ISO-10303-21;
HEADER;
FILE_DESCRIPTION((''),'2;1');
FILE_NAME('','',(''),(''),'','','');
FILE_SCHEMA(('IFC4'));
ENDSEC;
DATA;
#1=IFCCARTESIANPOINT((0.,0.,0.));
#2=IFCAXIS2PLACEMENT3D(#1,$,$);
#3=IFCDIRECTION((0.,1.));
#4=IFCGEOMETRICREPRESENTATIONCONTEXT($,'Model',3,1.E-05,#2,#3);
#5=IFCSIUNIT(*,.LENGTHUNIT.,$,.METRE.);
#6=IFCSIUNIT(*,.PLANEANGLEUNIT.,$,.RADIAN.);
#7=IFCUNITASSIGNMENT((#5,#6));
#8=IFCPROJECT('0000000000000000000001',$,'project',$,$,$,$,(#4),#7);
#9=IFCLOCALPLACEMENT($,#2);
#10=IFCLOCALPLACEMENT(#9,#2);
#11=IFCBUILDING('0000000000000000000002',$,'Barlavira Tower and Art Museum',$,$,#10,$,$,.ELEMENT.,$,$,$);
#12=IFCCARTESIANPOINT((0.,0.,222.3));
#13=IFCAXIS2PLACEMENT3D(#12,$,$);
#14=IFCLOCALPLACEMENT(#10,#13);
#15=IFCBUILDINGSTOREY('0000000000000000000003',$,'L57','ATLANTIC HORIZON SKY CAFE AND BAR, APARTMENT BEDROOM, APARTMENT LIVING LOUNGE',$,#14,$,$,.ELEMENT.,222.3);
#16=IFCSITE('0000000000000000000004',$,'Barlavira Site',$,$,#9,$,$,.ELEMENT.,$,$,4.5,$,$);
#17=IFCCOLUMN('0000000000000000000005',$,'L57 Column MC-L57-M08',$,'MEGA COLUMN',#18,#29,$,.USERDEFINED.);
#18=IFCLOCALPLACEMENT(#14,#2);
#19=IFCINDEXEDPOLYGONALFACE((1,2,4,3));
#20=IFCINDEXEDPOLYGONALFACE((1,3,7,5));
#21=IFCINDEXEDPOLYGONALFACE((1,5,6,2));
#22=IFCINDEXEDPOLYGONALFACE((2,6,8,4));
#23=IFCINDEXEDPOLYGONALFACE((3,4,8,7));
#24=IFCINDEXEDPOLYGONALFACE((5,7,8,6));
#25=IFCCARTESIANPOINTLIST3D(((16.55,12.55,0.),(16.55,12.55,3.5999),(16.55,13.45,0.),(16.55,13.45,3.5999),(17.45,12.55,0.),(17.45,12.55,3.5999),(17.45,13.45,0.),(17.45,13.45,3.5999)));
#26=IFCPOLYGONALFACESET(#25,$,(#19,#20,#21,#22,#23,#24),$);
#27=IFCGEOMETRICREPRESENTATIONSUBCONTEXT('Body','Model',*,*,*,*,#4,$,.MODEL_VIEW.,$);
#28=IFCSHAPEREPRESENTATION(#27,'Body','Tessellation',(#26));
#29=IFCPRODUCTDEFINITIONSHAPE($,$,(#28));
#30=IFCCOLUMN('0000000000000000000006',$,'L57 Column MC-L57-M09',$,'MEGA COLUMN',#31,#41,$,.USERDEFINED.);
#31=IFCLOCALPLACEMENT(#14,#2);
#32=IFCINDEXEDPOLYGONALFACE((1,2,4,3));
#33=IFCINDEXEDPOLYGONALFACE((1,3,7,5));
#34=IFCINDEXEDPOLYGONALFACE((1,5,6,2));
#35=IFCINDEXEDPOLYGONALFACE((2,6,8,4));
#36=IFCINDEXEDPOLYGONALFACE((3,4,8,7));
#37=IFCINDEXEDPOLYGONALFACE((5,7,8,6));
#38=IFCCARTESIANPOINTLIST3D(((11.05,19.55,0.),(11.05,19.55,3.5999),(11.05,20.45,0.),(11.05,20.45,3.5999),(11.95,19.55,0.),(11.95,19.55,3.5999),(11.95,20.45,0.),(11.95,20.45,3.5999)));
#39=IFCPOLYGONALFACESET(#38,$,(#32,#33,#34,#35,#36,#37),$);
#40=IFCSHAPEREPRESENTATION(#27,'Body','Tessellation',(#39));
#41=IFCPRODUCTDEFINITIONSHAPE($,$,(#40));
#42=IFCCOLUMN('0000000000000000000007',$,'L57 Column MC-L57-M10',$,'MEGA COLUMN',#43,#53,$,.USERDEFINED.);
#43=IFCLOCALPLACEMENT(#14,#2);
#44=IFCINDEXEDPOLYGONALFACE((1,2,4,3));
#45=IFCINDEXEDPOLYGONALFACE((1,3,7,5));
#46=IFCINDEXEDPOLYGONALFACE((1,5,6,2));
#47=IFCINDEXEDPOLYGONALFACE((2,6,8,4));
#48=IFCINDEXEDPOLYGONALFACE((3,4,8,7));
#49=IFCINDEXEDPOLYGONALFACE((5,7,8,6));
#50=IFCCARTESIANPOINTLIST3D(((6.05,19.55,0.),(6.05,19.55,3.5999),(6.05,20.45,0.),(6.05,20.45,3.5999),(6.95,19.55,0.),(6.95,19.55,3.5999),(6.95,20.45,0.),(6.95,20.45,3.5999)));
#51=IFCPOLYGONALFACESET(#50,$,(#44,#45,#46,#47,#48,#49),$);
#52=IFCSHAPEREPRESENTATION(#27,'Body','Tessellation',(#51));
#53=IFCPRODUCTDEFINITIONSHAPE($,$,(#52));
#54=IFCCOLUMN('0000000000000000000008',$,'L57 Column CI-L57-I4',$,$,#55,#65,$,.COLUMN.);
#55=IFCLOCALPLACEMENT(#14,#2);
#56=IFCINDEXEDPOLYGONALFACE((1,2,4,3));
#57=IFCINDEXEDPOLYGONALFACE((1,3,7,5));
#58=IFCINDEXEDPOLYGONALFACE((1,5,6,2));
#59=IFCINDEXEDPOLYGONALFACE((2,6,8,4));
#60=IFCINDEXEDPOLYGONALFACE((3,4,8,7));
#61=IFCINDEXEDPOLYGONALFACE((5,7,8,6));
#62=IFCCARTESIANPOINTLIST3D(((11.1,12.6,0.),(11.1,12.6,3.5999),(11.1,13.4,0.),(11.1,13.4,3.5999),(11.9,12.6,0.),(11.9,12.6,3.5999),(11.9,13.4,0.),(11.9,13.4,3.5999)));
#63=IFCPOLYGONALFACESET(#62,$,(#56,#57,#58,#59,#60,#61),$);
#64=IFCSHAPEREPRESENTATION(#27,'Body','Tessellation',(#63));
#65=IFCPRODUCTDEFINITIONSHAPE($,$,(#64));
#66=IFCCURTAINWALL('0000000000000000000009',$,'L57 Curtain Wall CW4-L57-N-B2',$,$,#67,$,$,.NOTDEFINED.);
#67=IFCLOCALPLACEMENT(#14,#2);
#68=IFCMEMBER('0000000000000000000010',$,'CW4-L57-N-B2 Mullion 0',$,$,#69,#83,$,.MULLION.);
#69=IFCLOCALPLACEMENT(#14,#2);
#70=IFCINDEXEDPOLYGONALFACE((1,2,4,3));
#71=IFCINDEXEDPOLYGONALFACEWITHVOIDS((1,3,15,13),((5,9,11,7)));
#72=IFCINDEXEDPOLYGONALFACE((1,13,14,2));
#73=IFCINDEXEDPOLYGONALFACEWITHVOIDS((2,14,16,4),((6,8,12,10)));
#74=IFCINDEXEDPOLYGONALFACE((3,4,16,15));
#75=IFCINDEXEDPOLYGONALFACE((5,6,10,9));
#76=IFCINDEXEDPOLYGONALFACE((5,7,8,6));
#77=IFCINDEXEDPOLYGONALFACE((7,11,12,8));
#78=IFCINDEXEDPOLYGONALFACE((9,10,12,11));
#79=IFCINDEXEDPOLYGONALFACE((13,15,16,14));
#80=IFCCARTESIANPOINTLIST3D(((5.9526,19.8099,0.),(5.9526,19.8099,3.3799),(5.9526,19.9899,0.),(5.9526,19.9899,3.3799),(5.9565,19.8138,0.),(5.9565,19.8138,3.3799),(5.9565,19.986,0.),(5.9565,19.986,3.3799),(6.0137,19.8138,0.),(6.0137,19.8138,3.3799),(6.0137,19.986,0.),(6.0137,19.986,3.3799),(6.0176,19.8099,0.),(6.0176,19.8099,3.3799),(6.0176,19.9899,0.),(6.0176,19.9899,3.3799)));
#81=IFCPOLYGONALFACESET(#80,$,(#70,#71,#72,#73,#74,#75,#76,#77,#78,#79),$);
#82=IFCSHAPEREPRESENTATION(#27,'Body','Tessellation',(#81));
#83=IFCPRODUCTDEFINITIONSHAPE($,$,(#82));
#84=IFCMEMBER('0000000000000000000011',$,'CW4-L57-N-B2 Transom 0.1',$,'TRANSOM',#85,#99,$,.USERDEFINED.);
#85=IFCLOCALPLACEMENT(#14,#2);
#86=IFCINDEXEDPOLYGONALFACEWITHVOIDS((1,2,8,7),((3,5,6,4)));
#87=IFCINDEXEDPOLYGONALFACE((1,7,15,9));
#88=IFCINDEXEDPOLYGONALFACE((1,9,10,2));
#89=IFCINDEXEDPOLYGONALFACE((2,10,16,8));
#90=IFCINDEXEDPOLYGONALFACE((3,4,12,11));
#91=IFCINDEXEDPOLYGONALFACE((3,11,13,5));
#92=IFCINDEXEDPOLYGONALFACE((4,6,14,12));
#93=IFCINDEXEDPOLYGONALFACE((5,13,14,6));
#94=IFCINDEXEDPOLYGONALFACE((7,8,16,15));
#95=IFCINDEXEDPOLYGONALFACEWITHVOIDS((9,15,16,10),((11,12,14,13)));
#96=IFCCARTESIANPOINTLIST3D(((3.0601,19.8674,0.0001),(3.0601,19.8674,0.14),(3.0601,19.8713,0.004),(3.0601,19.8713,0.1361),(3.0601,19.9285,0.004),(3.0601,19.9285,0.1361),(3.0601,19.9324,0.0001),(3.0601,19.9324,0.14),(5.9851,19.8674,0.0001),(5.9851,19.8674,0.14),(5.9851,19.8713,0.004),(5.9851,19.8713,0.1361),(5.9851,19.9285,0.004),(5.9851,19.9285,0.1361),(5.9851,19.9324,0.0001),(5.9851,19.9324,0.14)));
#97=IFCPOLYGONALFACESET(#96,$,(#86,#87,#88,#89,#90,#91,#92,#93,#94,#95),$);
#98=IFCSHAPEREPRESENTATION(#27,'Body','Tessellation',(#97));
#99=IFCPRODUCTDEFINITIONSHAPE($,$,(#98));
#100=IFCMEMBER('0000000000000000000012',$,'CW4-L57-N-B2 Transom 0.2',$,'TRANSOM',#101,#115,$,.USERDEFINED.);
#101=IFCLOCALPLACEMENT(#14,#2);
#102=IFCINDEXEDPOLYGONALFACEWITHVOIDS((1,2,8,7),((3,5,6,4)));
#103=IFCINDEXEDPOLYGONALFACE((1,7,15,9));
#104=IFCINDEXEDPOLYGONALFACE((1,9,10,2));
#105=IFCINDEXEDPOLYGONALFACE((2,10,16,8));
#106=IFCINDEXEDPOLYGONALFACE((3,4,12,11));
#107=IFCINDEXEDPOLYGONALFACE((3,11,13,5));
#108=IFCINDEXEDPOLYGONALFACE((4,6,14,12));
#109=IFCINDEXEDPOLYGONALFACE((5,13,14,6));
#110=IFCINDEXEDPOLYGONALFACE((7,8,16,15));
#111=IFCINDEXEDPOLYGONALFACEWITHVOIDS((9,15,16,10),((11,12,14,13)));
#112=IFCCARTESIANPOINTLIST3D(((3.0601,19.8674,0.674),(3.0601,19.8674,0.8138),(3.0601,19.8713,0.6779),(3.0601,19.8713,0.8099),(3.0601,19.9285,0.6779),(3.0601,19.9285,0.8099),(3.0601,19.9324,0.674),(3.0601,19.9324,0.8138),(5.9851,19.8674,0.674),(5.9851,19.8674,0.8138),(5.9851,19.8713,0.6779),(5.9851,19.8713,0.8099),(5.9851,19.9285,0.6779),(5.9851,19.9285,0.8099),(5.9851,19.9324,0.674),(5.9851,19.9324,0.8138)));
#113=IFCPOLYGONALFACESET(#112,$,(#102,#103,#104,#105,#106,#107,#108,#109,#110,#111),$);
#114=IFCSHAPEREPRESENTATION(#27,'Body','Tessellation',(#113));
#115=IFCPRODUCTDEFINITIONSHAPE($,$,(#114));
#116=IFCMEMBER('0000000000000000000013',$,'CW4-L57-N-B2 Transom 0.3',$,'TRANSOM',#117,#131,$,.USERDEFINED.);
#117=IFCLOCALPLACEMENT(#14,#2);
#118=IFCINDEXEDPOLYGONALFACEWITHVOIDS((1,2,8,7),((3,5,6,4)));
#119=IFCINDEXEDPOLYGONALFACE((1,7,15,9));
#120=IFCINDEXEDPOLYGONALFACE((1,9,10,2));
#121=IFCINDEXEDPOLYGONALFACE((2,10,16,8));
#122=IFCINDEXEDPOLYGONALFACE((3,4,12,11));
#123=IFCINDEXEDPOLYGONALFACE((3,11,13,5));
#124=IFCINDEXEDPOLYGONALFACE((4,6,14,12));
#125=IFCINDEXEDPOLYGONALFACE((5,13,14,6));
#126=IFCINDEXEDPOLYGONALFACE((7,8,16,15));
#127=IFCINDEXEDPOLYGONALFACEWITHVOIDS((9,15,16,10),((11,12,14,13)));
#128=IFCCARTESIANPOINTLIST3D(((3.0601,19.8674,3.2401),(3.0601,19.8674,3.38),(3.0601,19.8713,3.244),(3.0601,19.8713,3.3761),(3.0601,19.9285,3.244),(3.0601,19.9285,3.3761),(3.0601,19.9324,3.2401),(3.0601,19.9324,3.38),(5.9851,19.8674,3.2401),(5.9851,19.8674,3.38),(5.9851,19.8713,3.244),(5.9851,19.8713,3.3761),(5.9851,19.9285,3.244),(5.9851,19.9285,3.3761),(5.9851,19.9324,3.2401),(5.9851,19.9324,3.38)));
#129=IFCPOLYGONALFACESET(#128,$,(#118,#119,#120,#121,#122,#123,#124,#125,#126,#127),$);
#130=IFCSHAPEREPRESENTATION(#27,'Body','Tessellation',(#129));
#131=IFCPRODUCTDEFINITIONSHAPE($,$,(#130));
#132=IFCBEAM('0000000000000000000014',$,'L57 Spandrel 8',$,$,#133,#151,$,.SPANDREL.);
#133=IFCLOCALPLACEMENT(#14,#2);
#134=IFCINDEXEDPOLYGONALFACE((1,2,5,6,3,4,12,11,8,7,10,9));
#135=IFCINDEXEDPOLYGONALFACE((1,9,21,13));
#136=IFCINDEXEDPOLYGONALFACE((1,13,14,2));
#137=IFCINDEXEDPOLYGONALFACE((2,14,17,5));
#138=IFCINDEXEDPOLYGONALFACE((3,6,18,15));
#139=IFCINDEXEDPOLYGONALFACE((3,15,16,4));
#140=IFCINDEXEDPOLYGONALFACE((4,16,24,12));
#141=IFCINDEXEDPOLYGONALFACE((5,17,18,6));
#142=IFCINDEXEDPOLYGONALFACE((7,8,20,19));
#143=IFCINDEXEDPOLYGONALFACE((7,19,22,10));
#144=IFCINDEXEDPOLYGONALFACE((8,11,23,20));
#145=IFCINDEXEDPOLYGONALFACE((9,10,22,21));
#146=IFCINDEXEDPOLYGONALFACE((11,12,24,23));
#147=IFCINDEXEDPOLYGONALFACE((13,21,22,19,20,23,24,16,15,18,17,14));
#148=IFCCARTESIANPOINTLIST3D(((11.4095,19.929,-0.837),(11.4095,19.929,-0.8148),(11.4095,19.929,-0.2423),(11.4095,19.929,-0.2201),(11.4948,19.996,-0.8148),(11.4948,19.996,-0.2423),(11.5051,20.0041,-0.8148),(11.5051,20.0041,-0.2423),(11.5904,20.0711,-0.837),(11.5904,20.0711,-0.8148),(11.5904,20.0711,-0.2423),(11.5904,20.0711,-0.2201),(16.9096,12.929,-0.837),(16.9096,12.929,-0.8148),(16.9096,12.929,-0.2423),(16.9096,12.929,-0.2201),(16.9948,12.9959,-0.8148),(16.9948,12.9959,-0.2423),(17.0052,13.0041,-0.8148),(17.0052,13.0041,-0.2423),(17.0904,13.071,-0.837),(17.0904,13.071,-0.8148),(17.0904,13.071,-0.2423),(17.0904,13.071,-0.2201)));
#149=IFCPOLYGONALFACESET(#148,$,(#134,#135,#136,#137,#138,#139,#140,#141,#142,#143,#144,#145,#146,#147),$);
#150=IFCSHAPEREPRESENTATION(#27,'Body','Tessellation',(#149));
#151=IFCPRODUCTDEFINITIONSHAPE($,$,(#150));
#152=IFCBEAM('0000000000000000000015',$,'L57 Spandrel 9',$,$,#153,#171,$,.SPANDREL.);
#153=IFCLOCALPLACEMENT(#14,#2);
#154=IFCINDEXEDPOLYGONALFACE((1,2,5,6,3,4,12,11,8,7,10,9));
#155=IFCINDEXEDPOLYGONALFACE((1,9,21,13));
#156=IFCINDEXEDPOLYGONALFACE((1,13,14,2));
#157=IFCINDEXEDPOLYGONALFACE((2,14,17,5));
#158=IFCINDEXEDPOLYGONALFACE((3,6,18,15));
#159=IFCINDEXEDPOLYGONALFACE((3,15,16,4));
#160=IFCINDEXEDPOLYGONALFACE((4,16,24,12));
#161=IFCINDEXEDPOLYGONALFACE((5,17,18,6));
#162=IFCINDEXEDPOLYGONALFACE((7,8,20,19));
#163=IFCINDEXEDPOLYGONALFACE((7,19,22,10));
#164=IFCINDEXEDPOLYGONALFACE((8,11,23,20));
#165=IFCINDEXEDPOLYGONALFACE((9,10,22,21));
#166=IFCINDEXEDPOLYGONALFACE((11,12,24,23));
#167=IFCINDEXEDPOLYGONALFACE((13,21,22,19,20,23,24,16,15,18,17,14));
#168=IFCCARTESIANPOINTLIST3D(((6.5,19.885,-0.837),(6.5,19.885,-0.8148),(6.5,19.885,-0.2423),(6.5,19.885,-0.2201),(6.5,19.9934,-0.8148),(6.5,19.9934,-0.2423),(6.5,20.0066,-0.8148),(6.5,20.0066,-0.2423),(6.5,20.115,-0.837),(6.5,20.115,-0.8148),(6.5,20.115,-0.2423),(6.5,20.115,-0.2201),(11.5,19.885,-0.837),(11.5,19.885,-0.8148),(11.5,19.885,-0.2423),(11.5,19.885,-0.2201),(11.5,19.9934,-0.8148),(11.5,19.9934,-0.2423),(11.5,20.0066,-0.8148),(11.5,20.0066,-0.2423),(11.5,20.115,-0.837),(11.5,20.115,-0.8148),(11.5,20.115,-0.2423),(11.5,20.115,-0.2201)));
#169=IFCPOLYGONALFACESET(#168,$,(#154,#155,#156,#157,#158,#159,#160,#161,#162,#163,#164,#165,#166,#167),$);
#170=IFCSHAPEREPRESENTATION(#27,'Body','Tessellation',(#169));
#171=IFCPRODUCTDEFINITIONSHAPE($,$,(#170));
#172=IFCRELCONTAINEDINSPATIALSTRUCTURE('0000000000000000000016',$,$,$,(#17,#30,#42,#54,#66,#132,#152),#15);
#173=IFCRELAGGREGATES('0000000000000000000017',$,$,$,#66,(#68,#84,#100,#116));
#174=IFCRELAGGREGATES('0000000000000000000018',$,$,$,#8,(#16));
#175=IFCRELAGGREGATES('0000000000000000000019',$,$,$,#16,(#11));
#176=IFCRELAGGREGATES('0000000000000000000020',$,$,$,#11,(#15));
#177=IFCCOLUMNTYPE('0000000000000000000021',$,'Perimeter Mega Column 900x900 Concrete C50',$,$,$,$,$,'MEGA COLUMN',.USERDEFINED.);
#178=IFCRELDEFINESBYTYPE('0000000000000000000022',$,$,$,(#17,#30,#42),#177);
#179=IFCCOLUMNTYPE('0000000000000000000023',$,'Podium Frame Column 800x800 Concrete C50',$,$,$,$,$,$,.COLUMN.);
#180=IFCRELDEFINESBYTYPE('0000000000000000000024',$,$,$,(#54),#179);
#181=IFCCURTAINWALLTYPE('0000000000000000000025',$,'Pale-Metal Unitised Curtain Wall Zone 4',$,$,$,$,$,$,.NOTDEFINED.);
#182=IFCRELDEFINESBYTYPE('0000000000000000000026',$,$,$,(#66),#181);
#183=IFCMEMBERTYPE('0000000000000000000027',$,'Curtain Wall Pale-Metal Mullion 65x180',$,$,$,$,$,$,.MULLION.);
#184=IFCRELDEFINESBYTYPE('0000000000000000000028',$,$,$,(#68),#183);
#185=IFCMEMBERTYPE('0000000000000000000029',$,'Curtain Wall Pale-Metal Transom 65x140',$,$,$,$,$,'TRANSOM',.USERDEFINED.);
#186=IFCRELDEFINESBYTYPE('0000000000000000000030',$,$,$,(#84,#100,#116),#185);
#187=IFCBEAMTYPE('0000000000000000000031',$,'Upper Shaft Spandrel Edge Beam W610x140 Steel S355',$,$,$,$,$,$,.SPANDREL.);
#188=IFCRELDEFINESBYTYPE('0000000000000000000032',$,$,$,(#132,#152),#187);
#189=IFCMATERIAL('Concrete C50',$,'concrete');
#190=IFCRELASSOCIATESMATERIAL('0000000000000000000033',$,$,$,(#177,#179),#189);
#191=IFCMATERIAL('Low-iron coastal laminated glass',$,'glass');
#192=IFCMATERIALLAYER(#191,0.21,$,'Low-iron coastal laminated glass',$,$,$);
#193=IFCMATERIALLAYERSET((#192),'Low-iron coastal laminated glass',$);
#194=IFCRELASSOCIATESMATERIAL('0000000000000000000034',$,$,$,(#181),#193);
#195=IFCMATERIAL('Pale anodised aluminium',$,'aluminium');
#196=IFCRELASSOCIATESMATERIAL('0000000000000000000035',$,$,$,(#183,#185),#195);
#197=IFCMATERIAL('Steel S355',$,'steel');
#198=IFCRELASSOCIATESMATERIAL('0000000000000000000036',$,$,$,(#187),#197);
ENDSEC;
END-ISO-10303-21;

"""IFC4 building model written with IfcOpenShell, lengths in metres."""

from ifc_helpers import new_model, si_unit, direction, frame, origin, origin_2d, place, context, subcontext, project, spatial, rectangle, hollow_rectangle, i_section, extrude, material, layer, layer_set, material_profile, profile_set, type_object, element, aggregate, save


model = new_model("IFC4")

# Units and contexts
model_context = context("Model", 3, precision=1e-05, world=origin(), true_north=direction((0.0, 1.0)))
body_context = subcontext(model_context, "Body", "Model", "MODEL_VIEW")
ifc_project = project(units=[si_unit("LENGTHUNIT", "METRE"), si_unit("PLANEANGLEUNIT", "RADIAN")], contexts=[model_context])

# Site, building, storey
site_placement = place(None, origin())
site = spatial("IfcSite", under=ifc_project, at=site_placement, Name="Barlavira Site", CompositionType="ELEMENT", RefElevation=4.5)
building_placement = place(site_placement, origin())
building = spatial("IfcBuilding", under=site, at=building_placement, Name="Barlavira Tower and Art Museum", CompositionType="ELEMENT")
storey_placement = place(building_placement, frame((0.0, 0.0, 222.3)))
storey = spatial("IfcBuildingStorey", under=building, at=storey_placement, Name="L57", Description="ATLANTIC HORIZON SKY CAFE AND BAR, APARTMENT BEDROOM, APARTMENT LIVING LOUNGE", CompositionType="ELEMENT", Elevation=222.3)

# Columns
ifc_material_1 = material(Name="Concrete C50", Category="concrete")
ifc_material_profile_1 = material_profile(ifc_material_1, rectangle(XDim=0.8999, YDim=0.8999, at=origin_2d()), Name="RC-COL 900x900")
ifc_profile_set_1 = profile_set([ifc_material_profile_1], Name="Concrete C50")
column_type_1 = type_object("IfcColumnType", Name="Perimeter Mega Column 900x900 Concrete C50", ElementType="MEGA COLUMN", PredefinedType="USERDEFINED", material=ifc_profile_set_1)
for number, where, z_axis, x_axis, name in (
    (1, (17.0, 13.0, 0.0), (0.0, 0.0, 1.0), (1.0, 0.0, 0.0), "L57 Column MC-L57-M08"),
    (2, (11.5, 20.0, 0.0), (0.0, 0.0, 1.0), (1.0, 0.0, 0.0), "L57 Column MC-L57-M09"),
    (3, (6.5, 20.0, 0.0), (0.0, 0.0, 1.0), (1.0, 0.0, 0.0), "L57 Column MC-L57-M10"),
):
    element("IfcColumn", number, at=place(storey_placement, frame(where, z_axis=z_axis, x_axis=x_axis)), inside=storey, type_object=column_type_1, Name=name, ObjectType="MEGA COLUMN", PredefinedType="USERDEFINED", context=body_context, shape_type="SweptSolid", body=[
        extrude(rectangle(XDim=0.8999, YDim=0.8999, at=origin_2d()), origin(), (0.0, 0.0, 1.0), 3.5999),
    ])
ifc_material_profile_2 = material_profile(ifc_material_1, rectangle(XDim=0.8, YDim=0.8, at=origin_2d()), Name="RC-COL 800x800")
ifc_profile_set_2 = profile_set([ifc_material_profile_2], Name="Concrete C50")
column_type_2 = type_object("IfcColumnType", Name="Podium Frame Column 800x800 Concrete C50", PredefinedType="COLUMN", material=ifc_profile_set_2)
column_placement = place(storey_placement, frame((11.5, 13.0, 0.0), z_axis=(0.0, 0.0, 1.0), x_axis=(1.0, 0.0, 0.0)))
element("IfcColumn", 4, at=column_placement, inside=storey, type_object=column_type_2, Name="L57 Column CI-L57-I4", PredefinedType="COLUMN", context=body_context, shape_type="SweptSolid", body=[
    extrude(rectangle(XDim=0.8, YDim=0.8, at=origin_2d()), origin(), (0.0, 0.0, 1.0), 3.5999),
])

# Curtain wall, members
ifc_material_2 = material(Name="Low-iron coastal laminated glass", Category="glass")
ifc_layer_1 = layer(ifc_material_2, 0.21, Name="Low-iron coastal laminated glass")
ifc_layer_set_1 = layer_set([ifc_layer_1], Name="Low-iron coastal laminated glass")
curtain_wall_type = type_object("IfcCurtainWallType", Name="Pale-Metal Unitised Curtain Wall Zone 4", PredefinedType="NOTDEFINED", material=ifc_layer_set_1)
curtain_wall_placement = place(storey_placement, origin())
curtain_wall = element("IfcCurtainWall", 5, at=curtain_wall_placement, inside=storey, type_object=curtain_wall_type, Name="L57 Curtain Wall CW4-L57-N-B2", PredefinedType="NOTDEFINED")
ifc_material_3 = material(Name="Pale anodised aluminium", Category="aluminium")
ifc_material_profile_3 = material_profile(ifc_material_3, hollow_rectangle(XDim=0.0649, YDim=0.1799, WallThickness=0.0039, at=origin_2d()), Name="ALU-MULL 65x180x4")
ifc_profile_set_3 = profile_set([ifc_material_profile_3], Name="Pale anodised aluminium")
member_type_1 = type_object("IfcMemberType", Name="Curtain Wall Pale-Metal Mullion 65x180", PredefinedType="MULLION", material=ifc_profile_set_3)
member_1_placement = place(storey_placement, frame((5.9851, 19.8999, 0.0), z_axis=(0.0, 0.0, 1.0), x_axis=(-1.0, 0.0, 0.0)))
member_1 = element("IfcMember", 6, at=member_1_placement, type_object=member_type_1, Name="CW4-L57-N-B2 Mullion 0", PredefinedType="MULLION", context=body_context, shape_type="SweptSolid", body=[
    extrude(hollow_rectangle(XDim=0.0649, YDim=0.1799, WallThickness=0.0039, at=origin_2d()), origin(), (0.0, 0.0, 1.0), 3.3799),
])
ifc_material_profile_4 = material_profile(ifc_material_3, hollow_rectangle(XDim=0.0649, YDim=0.1399, WallThickness=0.0039, at=origin_2d()), Name="ALU-TRAN 65x140x4")
ifc_profile_set_4 = profile_set([ifc_material_profile_4], Name="Pale anodised aluminium")
member_type_2 = type_object("IfcMemberType", Name="Curtain Wall Pale-Metal Transom 65x140", ElementType="TRANSOM", PredefinedType="USERDEFINED", material=ifc_profile_set_4)
member_2_placement = place(storey_placement, frame((5.9851, 19.8999, 0.0701), z_axis=(-1.0, 0.0, 0.0), x_axis=(0.0, -1.0, 0.0)))
member_2 = element("IfcMember", 7, at=member_2_placement, type_object=member_type_2, Name="CW4-L57-N-B2 Transom 0.1", ObjectType="TRANSOM", PredefinedType="USERDEFINED", context=body_context, shape_type="SweptSolid", body=[
    extrude(hollow_rectangle(XDim=0.0649, YDim=0.1399, WallThickness=0.0039, at=origin_2d()), origin(), (0.0, 0.0, 1.0), 2.925),
])
member_3_placement = place(storey_placement, frame((5.9851, 19.8999, 0.7439), z_axis=(-1.0, 0.0, 0.0), x_axis=(0.0, -1.0, 0.0)))
member_3 = element("IfcMember", 8, at=member_3_placement, type_object=member_type_2, Name="CW4-L57-N-B2 Transom 0.2", ObjectType="TRANSOM", PredefinedType="USERDEFINED", context=body_context, shape_type="SweptSolid", body=[
    extrude(hollow_rectangle(XDim=0.0649, YDim=0.1399, WallThickness=0.0039, at=origin_2d()), origin(), (0.0, 0.0, 1.0), 2.925),
])
member_4_placement = place(storey_placement, frame((5.9851, 19.8999, 3.3101), z_axis=(-1.0, 0.0, 0.0), x_axis=(0.0, -1.0, 0.0)))
member_4 = element("IfcMember", 9, at=member_4_placement, type_object=member_type_2, Name="CW4-L57-N-B2 Transom 0.3", ObjectType="TRANSOM", PredefinedType="USERDEFINED", context=body_context, shape_type="SweptSolid", body=[
    extrude(hollow_rectangle(XDim=0.0649, YDim=0.1399, WallThickness=0.0039, at=origin_2d()), origin(), (0.0, 0.0, 1.0), 2.925),
])
aggregate(curtain_wall, [member_1, member_2, member_3, member_4])

# Beams
ifc_material_4 = material(Name="Steel S355", Category="steel")
ifc_material_profile_5 = material_profile(ifc_material_4, i_section(OverallWidth=0.23, OverallDepth=0.6169, WebThickness=0.0132, FlangeThickness=0.0222, at=origin_2d()), Name="W610x140.0")
ifc_profile_set_5 = profile_set([ifc_material_profile_5], Name="Steel S355")
beam_type_1 = type_object("IfcBeamType", Name="Upper Shaft Spandrel Edge Beam W610x140 Steel S355", PredefinedType="SPANDREL", material=ifc_profile_set_5)
beam_1_placement = place(storey_placement, frame((17.0, 13.0, -0.5286), z_axis=(-0.617822, 0.786318, 0.0), x_axis=(-0.786318, -0.617822, 0.0)))
element("IfcBeam", 10, at=beam_1_placement, inside=storey, type_object=beam_type_1, Name="L57 Spandrel 8", PredefinedType="SPANDREL", context=body_context, shape_type="SweptSolid", body=[
    extrude(i_section(OverallWidth=0.23, OverallDepth=0.6169, WebThickness=0.0132, FlangeThickness=0.0222, at=origin_2d()), origin(), (0.0, 0.0, 1.0), 8.9023),
])
beam_2_placement = place(storey_placement, frame((6.5, 20.0, -0.5286), z_axis=(1.0, 0.0, 0.0), x_axis=(0.0, 1.0, 0.0)))
element("IfcBeam", 11, at=beam_2_placement, inside=storey, type_object=beam_type_1, Name="L57 Spandrel 9", PredefinedType="SPANDREL", context=body_context, shape_type="SweptSolid", body=[
    extrude(i_section(OverallWidth=0.23, OverallDepth=0.6169, WebThickness=0.0132, FlangeThickness=0.0222, at=origin_2d()), origin(), (0.0, 0.0, 1.0), 5.0),
])

save(model, "model.ifc")
